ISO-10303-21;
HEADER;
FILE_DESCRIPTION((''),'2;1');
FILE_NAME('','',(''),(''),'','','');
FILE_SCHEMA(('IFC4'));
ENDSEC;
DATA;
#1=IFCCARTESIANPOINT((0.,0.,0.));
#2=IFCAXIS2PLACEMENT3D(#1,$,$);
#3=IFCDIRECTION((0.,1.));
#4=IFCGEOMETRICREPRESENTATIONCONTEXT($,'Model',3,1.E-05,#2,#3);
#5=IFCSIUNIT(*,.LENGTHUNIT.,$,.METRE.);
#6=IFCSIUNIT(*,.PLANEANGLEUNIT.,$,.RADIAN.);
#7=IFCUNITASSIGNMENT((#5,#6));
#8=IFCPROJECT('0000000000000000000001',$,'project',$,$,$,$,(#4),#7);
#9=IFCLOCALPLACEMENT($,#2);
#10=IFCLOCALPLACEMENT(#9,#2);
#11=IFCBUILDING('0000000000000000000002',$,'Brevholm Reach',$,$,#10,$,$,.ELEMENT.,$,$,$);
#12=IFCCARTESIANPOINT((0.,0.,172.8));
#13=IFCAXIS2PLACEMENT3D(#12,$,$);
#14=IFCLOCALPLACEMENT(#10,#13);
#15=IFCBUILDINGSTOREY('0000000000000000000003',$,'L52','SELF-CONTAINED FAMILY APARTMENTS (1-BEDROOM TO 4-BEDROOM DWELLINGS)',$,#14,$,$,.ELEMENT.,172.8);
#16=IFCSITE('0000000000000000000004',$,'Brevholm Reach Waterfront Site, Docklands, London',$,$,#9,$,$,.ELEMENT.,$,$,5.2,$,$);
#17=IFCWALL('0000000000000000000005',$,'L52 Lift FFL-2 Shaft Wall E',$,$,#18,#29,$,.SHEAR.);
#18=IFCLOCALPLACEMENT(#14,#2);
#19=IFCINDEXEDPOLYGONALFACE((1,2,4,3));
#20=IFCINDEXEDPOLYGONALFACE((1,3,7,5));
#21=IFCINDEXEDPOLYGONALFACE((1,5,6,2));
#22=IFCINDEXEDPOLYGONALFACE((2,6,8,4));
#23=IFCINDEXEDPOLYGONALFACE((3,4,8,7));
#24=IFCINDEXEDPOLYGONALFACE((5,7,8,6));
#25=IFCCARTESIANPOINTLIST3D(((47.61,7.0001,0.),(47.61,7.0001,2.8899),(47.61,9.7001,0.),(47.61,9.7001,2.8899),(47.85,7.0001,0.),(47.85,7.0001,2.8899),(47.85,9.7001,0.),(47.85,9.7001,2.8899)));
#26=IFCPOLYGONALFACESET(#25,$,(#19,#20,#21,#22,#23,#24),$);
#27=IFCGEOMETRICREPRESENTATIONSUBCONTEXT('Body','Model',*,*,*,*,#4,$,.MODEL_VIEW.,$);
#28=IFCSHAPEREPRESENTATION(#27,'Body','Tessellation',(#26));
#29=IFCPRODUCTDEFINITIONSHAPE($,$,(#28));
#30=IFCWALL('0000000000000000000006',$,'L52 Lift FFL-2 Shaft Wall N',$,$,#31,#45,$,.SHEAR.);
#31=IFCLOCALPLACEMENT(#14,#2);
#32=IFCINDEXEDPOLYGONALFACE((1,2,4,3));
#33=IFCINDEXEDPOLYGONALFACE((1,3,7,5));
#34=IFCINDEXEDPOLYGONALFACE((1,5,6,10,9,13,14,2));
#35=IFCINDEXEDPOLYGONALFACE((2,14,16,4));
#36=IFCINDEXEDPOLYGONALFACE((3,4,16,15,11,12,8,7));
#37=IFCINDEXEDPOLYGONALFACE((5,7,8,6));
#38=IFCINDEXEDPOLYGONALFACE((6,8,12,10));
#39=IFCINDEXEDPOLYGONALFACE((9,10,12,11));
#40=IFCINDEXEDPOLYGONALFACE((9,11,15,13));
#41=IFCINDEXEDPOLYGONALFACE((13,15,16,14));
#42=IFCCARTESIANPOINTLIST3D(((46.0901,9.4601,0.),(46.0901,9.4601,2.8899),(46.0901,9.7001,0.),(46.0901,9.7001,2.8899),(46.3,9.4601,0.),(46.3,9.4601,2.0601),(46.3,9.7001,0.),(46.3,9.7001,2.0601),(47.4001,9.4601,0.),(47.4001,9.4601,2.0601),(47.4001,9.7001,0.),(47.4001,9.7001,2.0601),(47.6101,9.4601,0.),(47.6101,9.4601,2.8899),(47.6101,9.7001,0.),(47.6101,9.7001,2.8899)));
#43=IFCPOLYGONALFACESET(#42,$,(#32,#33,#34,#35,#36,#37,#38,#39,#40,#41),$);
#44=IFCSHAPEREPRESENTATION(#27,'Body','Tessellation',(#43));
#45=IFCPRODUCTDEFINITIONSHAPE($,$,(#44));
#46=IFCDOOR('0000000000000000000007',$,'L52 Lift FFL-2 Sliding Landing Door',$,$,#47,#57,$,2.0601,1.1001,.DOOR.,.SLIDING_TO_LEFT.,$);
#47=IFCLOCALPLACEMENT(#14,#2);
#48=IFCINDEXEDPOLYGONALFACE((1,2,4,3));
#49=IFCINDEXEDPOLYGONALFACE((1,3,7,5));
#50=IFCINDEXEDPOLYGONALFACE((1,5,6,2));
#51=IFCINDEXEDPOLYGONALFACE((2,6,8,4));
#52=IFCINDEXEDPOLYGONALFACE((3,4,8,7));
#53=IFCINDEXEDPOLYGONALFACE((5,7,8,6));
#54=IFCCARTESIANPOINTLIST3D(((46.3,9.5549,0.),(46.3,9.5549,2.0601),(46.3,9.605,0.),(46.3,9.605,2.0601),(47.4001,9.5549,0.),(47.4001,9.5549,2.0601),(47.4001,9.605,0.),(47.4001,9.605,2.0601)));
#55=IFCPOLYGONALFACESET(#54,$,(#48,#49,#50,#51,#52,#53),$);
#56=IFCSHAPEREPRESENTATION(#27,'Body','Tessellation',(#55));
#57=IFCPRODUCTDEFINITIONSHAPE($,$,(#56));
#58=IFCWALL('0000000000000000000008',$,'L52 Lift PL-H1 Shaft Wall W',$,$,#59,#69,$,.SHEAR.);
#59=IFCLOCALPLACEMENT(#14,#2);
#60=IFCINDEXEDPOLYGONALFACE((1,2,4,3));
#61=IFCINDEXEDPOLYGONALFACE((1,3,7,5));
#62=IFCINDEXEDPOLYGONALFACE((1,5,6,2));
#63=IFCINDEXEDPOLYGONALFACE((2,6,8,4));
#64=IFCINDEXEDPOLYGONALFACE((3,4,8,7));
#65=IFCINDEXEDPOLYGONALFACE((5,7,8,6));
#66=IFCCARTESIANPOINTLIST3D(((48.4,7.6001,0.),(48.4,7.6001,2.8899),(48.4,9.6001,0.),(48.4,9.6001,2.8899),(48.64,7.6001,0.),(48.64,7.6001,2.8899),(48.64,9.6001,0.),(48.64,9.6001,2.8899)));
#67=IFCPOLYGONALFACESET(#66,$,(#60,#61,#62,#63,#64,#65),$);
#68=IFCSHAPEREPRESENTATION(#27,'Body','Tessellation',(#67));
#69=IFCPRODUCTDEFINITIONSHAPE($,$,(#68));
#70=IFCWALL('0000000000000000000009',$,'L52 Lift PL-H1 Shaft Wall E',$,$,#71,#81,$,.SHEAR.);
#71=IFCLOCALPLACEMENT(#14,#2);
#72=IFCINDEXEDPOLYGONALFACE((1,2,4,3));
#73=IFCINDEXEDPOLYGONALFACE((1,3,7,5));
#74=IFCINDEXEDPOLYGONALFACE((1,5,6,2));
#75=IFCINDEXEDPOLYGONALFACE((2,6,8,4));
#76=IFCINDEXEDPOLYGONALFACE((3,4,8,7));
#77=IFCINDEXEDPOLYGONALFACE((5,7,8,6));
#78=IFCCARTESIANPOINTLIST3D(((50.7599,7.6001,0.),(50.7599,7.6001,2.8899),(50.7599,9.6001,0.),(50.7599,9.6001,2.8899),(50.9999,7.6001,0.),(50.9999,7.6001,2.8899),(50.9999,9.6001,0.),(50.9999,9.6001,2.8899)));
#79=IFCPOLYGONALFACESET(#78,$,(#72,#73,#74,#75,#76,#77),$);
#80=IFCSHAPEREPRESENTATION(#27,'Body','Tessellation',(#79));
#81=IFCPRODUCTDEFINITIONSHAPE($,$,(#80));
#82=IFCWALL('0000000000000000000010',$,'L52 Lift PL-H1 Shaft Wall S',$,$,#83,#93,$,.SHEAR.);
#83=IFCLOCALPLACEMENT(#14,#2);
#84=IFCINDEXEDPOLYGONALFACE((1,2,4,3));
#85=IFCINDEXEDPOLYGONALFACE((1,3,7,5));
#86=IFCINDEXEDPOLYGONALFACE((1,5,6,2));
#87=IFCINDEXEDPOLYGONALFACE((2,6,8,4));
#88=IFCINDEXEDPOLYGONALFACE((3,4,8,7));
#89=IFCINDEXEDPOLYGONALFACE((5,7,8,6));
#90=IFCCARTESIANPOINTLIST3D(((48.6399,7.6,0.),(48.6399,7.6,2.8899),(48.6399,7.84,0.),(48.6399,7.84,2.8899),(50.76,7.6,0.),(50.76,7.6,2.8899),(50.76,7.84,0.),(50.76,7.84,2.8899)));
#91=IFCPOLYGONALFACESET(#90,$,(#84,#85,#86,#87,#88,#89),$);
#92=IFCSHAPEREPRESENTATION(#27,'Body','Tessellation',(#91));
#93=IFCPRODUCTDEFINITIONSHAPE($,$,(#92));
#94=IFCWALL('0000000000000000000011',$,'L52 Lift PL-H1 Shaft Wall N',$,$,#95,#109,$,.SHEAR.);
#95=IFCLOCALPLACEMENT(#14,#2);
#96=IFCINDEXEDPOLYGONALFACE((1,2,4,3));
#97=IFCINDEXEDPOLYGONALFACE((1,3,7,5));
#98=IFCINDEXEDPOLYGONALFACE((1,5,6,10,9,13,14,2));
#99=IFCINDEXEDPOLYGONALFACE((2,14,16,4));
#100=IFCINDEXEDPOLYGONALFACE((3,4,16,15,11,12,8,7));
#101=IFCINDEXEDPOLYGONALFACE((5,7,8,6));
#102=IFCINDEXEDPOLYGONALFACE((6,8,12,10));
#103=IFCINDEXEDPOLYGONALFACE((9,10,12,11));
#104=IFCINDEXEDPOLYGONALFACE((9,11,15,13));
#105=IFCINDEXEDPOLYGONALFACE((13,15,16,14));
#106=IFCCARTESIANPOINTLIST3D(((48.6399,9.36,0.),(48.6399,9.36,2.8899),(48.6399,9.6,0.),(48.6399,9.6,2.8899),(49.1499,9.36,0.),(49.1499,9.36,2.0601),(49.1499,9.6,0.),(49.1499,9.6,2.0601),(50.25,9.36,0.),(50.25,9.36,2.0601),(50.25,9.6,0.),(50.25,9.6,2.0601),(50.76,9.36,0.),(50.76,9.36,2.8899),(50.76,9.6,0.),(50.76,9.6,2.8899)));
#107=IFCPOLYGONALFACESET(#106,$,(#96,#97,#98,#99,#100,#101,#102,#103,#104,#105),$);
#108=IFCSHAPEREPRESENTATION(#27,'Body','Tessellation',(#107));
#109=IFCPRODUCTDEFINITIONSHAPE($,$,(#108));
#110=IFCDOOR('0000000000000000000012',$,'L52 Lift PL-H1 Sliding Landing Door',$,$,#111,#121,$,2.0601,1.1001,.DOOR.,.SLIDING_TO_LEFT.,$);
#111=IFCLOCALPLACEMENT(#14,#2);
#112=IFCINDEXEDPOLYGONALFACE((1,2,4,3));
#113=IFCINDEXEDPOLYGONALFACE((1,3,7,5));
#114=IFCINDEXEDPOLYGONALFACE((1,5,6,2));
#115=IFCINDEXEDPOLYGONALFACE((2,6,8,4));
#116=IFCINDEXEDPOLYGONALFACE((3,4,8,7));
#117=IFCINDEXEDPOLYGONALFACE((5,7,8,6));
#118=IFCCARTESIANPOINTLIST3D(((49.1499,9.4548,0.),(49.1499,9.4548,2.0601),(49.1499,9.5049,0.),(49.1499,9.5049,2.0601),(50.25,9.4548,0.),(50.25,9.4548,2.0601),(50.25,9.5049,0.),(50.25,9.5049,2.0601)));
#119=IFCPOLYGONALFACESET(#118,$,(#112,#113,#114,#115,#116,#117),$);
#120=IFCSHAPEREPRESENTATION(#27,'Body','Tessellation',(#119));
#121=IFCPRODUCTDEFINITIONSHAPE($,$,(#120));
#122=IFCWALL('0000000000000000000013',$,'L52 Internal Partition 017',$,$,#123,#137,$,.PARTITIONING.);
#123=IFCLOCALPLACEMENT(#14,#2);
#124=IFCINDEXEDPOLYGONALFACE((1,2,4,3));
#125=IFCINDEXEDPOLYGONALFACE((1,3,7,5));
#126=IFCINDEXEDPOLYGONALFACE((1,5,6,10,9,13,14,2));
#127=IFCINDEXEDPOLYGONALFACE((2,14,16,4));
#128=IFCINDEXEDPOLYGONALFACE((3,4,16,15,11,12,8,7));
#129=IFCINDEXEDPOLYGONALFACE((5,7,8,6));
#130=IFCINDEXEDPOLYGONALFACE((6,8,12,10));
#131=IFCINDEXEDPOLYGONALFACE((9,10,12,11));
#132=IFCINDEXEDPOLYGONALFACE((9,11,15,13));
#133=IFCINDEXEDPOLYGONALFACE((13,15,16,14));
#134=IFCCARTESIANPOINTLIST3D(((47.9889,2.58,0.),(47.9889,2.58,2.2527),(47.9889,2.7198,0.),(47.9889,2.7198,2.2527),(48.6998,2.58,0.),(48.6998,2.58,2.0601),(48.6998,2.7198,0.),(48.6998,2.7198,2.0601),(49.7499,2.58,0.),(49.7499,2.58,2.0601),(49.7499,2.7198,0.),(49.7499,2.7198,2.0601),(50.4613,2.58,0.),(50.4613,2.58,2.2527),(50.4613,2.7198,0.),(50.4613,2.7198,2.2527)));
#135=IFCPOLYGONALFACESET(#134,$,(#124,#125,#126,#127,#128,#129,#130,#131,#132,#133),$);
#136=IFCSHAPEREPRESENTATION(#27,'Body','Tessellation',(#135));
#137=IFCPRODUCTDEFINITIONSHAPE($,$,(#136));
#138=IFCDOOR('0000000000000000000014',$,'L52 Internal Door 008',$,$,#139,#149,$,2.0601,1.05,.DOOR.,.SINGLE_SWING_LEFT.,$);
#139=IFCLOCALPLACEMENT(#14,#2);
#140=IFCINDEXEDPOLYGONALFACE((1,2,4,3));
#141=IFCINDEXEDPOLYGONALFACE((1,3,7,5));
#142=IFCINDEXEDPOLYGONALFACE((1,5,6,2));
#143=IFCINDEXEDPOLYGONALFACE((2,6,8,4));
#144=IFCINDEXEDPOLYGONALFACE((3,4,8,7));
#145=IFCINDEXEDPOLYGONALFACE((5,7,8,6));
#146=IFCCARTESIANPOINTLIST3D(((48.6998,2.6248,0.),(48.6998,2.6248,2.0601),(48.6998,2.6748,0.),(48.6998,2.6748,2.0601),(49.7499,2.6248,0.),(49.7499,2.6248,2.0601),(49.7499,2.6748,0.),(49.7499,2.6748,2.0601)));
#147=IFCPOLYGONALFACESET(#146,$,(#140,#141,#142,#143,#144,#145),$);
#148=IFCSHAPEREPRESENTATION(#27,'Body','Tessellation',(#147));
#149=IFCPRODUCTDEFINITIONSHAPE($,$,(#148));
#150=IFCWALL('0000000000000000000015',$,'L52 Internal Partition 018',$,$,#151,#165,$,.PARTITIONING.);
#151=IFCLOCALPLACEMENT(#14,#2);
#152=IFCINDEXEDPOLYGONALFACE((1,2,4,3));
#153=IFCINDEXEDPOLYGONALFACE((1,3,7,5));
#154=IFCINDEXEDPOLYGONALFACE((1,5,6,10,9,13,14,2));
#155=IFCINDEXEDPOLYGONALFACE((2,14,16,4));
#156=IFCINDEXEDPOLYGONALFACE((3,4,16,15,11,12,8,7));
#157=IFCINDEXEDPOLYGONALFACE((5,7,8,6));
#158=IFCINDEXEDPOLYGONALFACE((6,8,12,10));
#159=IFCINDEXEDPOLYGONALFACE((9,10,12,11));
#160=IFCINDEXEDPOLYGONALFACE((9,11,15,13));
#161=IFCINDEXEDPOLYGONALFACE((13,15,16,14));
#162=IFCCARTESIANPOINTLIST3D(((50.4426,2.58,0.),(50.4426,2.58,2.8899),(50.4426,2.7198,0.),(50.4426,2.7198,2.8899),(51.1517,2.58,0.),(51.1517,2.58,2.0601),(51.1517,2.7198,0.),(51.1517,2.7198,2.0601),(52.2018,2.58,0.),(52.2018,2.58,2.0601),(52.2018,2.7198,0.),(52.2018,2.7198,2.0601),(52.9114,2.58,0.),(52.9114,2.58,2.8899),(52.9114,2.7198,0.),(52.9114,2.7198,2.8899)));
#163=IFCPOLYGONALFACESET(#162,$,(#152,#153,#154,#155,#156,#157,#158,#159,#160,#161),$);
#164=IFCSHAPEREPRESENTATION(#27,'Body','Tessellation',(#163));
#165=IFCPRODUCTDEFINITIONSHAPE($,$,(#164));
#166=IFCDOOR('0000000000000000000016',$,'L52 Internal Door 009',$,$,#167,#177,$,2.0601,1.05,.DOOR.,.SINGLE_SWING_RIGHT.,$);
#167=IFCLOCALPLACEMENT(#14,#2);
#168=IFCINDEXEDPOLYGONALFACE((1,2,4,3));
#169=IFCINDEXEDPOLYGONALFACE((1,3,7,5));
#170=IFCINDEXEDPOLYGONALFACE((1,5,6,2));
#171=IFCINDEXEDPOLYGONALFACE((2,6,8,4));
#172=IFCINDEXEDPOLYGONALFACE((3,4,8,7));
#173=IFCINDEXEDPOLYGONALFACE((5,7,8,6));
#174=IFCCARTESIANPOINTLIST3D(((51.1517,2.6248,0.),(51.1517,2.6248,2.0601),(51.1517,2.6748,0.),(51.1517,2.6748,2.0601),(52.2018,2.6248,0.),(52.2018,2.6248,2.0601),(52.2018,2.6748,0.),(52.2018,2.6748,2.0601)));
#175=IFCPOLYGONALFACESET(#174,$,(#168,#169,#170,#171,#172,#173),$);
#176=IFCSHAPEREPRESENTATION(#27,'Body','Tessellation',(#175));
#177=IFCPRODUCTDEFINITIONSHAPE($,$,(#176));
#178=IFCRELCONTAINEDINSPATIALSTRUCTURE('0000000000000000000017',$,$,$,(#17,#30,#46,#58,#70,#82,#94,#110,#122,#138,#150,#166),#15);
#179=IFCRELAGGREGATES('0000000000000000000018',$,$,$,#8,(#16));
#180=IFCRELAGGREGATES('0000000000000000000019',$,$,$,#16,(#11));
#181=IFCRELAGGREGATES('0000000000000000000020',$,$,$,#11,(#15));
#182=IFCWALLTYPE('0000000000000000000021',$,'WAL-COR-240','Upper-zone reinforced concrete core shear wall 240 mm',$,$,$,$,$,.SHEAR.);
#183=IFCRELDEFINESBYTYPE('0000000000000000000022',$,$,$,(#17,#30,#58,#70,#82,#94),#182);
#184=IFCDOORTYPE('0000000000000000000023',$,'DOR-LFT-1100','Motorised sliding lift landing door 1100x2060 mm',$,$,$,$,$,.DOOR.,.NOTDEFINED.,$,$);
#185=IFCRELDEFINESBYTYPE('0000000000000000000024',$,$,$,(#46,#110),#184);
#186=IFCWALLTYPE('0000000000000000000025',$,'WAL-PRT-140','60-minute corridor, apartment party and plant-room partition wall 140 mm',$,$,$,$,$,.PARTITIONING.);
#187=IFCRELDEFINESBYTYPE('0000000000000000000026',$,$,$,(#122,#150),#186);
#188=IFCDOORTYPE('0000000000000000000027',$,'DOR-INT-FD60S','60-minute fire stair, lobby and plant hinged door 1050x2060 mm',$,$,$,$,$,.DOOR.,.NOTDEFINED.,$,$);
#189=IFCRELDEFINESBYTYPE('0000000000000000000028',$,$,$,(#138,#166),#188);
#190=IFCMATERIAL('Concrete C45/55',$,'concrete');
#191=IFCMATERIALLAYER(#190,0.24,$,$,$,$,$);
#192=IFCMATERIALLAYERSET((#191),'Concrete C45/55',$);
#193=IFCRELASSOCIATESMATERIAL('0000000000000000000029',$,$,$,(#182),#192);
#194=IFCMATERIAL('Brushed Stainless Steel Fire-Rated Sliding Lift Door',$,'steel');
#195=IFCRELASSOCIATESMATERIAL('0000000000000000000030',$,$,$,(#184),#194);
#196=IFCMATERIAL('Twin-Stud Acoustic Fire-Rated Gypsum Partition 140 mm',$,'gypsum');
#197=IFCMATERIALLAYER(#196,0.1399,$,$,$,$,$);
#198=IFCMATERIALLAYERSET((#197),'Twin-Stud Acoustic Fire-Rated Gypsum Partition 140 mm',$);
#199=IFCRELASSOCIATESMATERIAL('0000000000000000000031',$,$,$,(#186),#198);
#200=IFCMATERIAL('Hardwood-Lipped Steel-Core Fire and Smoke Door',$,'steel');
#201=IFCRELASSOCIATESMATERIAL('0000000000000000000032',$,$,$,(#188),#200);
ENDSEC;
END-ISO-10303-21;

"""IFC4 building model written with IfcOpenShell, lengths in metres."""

from ifc_helpers import new_model, si_unit, direction, frame, frame_2d, origin, place, context, subcontext, project, spatial, rectangle, extrude, material, layer, layer_set, type_object, element, fill, save


model = new_model("IFC4")

# Units and contexts
model_context = context("Model", 3, precision=1e-05, world=origin(), true_north=direction((0.0, 1.0)))
body_context = subcontext(model_context, "Body", "Model", "MODEL_VIEW")
ifc_project = project(units=[si_unit("LENGTHUNIT", "METRE"), si_unit("PLANEANGLEUNIT", "RADIAN")], contexts=[model_context])

# Site, building, storey
site_placement = place(None, origin())
site = spatial("IfcSite", under=ifc_project, at=site_placement, Name="Brevholm Reach Waterfront Site, Docklands, London", CompositionType="ELEMENT", RefElevation=5.2)
building_placement = place(site_placement, origin())
building = spatial("IfcBuilding", under=site, at=building_placement, Name="Brevholm Reach", CompositionType="ELEMENT")
storey_placement = place(building_placement, frame((0.0, 0.0, 172.8)))
storey = spatial("IfcBuildingStorey", under=building, at=storey_placement, Name="L52", Description="SELF-CONTAINED FAMILY APARTMENTS (1-BEDROOM TO 4-BEDROOM DWELLINGS)", CompositionType="ELEMENT", Elevation=172.8)

# Wall
ifc_material_1 = material(Name="Concrete C45/55", Category="concrete")
ifc_layer_1 = layer(ifc_material_1, 0.24)
ifc_layer_set_1 = layer_set([ifc_layer_1], Name="Concrete C45/55")
wall_type_1 = type_object("IfcWallType", Name="WAL-COR-240", Description="Upper-zone reinforced concrete core shear wall 240 mm", PredefinedType="SHEAR", material=ifc_layer_set_1)
wall_1_placement = place(storey_placement, frame((47.73, 7.0, 0.0), z_axis=(0.0, 0.0, 1.0), x_axis=(0.0, 1.0, 0.0)))
element("IfcWall", 1, at=wall_1_placement, inside=storey, type_object=wall_type_1, Name="L52 Lift FFL-2 Shaft Wall E", PredefinedType="SHEAR", context=body_context, shape_type="SweptSolid", body=[
    extrude(rectangle(XDim=2.7, YDim=0.24, at=frame_2d((1.3501, 0.0))), origin(), (0.0, 0.0, 1.0), 2.8899),
])

# Wall, opening, door
wall_2_placement = place(storey_placement, frame((46.0901, 9.5801, 0.0), z_axis=(0.0, 0.0, 1.0), x_axis=(1.0, 0.0, 0.0)))
wall_2 = element("IfcWall", 2, at=wall_2_placement, inside=storey, type_object=wall_type_1, Name="L52 Lift FFL-2 Shaft Wall N", PredefinedType="SHEAR", context=body_context, shape_type="SweptSolid", body=[
    extrude(rectangle(XDim=1.52, YDim=0.24, at=frame_2d((0.76, 0.0))), origin(), (0.0, 0.0, 1.0), 2.8899),
])
opening_1_placement = place(wall_2_placement, frame((0.21, 0.0, 0.0)))
opening_1 = element("IfcOpeningElement", 3, at=opening_1_placement, cuts=wall_2, PredefinedType="OPENING", context=body_context, shape_type="SweptSolid", body=[
    extrude(rectangle(XDim=1.1001, YDim=2.0601, at=frame_2d((0.55, 1.03))), frame((0.0, 0.1299, 0.0), z_axis=(0.0, -1.0, 0.0), x_axis=(1.0, 0.0, 0.0)), (0.0, 0.0, 1.0), 0.26),
])
ifc_material_2 = material(Name="Brushed Stainless Steel Fire-Rated Sliding Lift Door", Category="steel")
door_type_1 = type_object("IfcDoorType", Name="DOR-LFT-1100", Description="Motorised sliding lift landing door 1100x2060 mm", OperationType="NOTDEFINED", PredefinedType="DOOR", material=ifc_material_2)
door_1_placement = place(opening_1_placement, origin())
door_1 = element("IfcDoor", 4, at=door_1_placement, inside=storey, type_object=door_type_1, Name="L52 Lift FFL-2 Sliding Landing Door", OperationType="SLIDING_TO_LEFT", OverallHeight=2.0601, OverallWidth=1.1001, PredefinedType="DOOR", context=body_context, shape_type="SweptSolid", body=[
    extrude(rectangle(XDim=1.1001, YDim=2.0601, at=frame_2d((0.55, 1.03))), frame((0.0, 0.0249, 0.0), z_axis=(0.0, -1.0, 0.0), x_axis=(1.0, 0.0, 0.0)), (0.0, 0.0, 1.0), 0.05),
])
fill(opening_1, door_1)

# Walls
for number, where, z_axis, x_axis, name in (
    (5, (48.52, 7.6001, 0.0), (0.0, 0.0, 1.0), (0.0, 1.0, 0.0), "L52 Lift PL-H1 Shaft Wall W"),
    (6, (50.8799, 7.6001, 0.0), (0.0, 0.0, 1.0), (0.0, 1.0, 0.0), "L52 Lift PL-H1 Shaft Wall E"),
):
    element("IfcWall", number, at=place(storey_placement, frame(where, z_axis=z_axis, x_axis=x_axis)), inside=storey, type_object=wall_type_1, Name=name, PredefinedType="SHEAR", context=body_context, shape_type="SweptSolid", body=[
        extrude(rectangle(XDim=2.0, YDim=0.24, at=frame_2d((1.0, 0.0))), origin(), (0.0, 0.0, 1.0), 2.8899),
    ])
wall_3_placement = place(storey_placement, frame((48.6399, 7.72, 0.0), z_axis=(0.0, 0.0, 1.0), x_axis=(1.0, 0.0, 0.0)))
element("IfcWall", 7, at=wall_3_placement, inside=storey, type_object=wall_type_1, Name="L52 Lift PL-H1 Shaft Wall S", PredefinedType="SHEAR", context=body_context, shape_type="SweptSolid", body=[
    extrude(rectangle(XDim=2.1201, YDim=0.24, at=frame_2d((1.0601, 0.0))), origin(), (0.0, 0.0, 1.0), 2.8899),
])

# Walls, openings, doors
wall_4_placement = place(storey_placement, frame((48.6399, 9.48, 0.0), z_axis=(0.0, 0.0, 1.0), x_axis=(1.0, 0.0, 0.0)))
wall_4 = element("IfcWall", 8, at=wall_4_placement, inside=storey, type_object=wall_type_1, Name="L52 Lift PL-H1 Shaft Wall N", PredefinedType="SHEAR", context=body_context, shape_type="SweptSolid", body=[
    extrude(rectangle(XDim=2.1201, YDim=0.24, at=frame_2d((1.0601, 0.0))), origin(), (0.0, 0.0, 1.0), 2.8899),
])
opening_2_placement = place(wall_4_placement, frame((0.51, 0.0, 0.0)))
opening_2 = element("IfcOpeningElement", 9, at=opening_2_placement, cuts=wall_4, PredefinedType="OPENING", context=body_context, shape_type="SweptSolid", body=[
    extrude(rectangle(XDim=1.1001, YDim=2.0601, at=frame_2d((0.55, 1.03))), frame((0.0, 0.1299, 0.0), z_axis=(0.0, -1.0, 0.0), x_axis=(1.0, 0.0, 0.0)), (0.0, 0.0, 1.0), 0.26),
])
door_2_placement = place(opening_2_placement, origin())
door_2 = element("IfcDoor", 10, at=door_2_placement, inside=storey, type_object=door_type_1, Name="L52 Lift PL-H1 Sliding Landing Door", OperationType="SLIDING_TO_LEFT", OverallHeight=2.0601, OverallWidth=1.1001, PredefinedType="DOOR", context=body_context, shape_type="SweptSolid", body=[
    extrude(rectangle(XDim=1.1001, YDim=2.0601, at=frame_2d((0.55, 1.03))), frame((0.0, 0.0249, 0.0), z_axis=(0.0, -1.0, 0.0), x_axis=(1.0, 0.0, 0.0)), (0.0, 0.0, 1.0), 0.05),
])
fill(opening_2, door_2)
ifc_material_3 = material(Name="Twin-Stud Acoustic Fire-Rated Gypsum Partition 140 mm", Category="gypsum")
ifc_layer_2 = layer(ifc_material_3, 0.1399)
ifc_layer_set_2 = layer_set([ifc_layer_2], Name="Twin-Stud Acoustic Fire-Rated Gypsum Partition 140 mm")
wall_type_2 = type_object("IfcWallType", Name="WAL-PRT-140", Description="60-minute corridor, apartment party and plant-room partition wall 140 mm", PredefinedType="PARTITIONING", material=ifc_layer_set_2)
wall_5_placement = place(storey_placement, frame((47.9888, 2.6499, 0.0), z_axis=(0.0, 0.0, 1.0), x_axis=(1.0, 0.0, 0.0)))
wall_5 = element("IfcWall", 11, at=wall_5_placement, inside=storey, type_object=wall_type_2, Name="L52 Internal Partition 017", PredefinedType="PARTITIONING", context=body_context, shape_type="SweptSolid", body=[
    extrude(rectangle(XDim=2.4724, YDim=0.1399, at=frame_2d((1.2363, 0.0))), origin(), (0.0, 0.0, 1.0), 2.2527),
])
opening_3_placement = place(wall_5_placement, frame((0.7112, 0.0, 0.0)))
opening_3 = element("IfcOpeningElement", 12, at=opening_3_placement, cuts=wall_5, PredefinedType="OPENING", context=body_context, shape_type="SweptSolid", body=[
    extrude(rectangle(XDim=1.05, YDim=2.0601, at=frame_2d((0.5249, 1.03))), frame((0.0, 0.0798, 0.0), z_axis=(0.0, -1.0, 0.0), x_axis=(1.0, 0.0, 0.0)), (0.0, 0.0, 1.0), 0.1599),
])
ifc_material_4 = material(Name="Hardwood-Lipped Steel-Core Fire and Smoke Door", Category="steel")
door_type_2 = type_object("IfcDoorType", Name="DOR-INT-FD60S", Description="60-minute fire stair, lobby and plant hinged door 1050x2060 mm", OperationType="NOTDEFINED", PredefinedType="DOOR", material=ifc_material_4)
door_3_placement = place(opening_3_placement, origin())
door_3 = element("IfcDoor", 13, at=door_3_placement, inside=storey, type_object=door_type_2, Name="L52 Internal Door 008", OperationType="SINGLE_SWING_LEFT", OverallHeight=2.0601, OverallWidth=1.05, PredefinedType="DOOR", context=body_context, shape_type="SweptSolid", body=[
    extrude(rectangle(XDim=1.05, YDim=2.0601, at=frame_2d((0.5249, 1.03))), frame((0.0, 0.0249, 0.0), z_axis=(0.0, -1.0, 0.0), x_axis=(1.0, 0.0, 0.0)), (0.0, 0.0, 1.0), 0.05),
])
fill(opening_3, door_3)
wall_6_placement = place(storey_placement, frame((50.4426, 2.6499, 0.0), z_axis=(0.0, 0.0, 1.0), x_axis=(1.0, 0.0, 0.0)))
wall_6 = element("IfcWall", 14, at=wall_6_placement, inside=storey, type_object=wall_type_2, Name="L52 Internal Partition 018", PredefinedType="PARTITIONING", context=body_context, shape_type="SweptSolid", body=[
    extrude(rectangle(XDim=2.4688, YDim=0.1399, at=frame_2d((1.2344, 0.0))), origin(), (0.0, 0.0, 1.0), 2.8899),
])
opening_4_placement = place(wall_6_placement, frame((0.7092, 0.0, 0.0)))
opening_4 = element("IfcOpeningElement", 15, at=opening_4_placement, cuts=wall_6, PredefinedType="OPENING", context=body_context, shape_type="SweptSolid", body=[
    extrude(rectangle(XDim=1.05, YDim=2.0601, at=frame_2d((0.5249, 1.03))), frame((0.0, 0.0798, 0.0), z_axis=(0.0, -1.0, 0.0), x_axis=(1.0, 0.0, 0.0)), (0.0, 0.0, 1.0), 0.1599),
])
door_4_placement = place(opening_4_placement, origin())
door_4 = element("IfcDoor", 16, at=door_4_placement, inside=storey, type_object=door_type_2, Name="L52 Internal Door 009", OperationType="SINGLE_SWING_RIGHT", OverallHeight=2.0601, OverallWidth=1.05, PredefinedType="DOOR", context=body_context, shape_type="SweptSolid", body=[
    extrude(rectangle(XDim=1.05, YDim=2.0601, at=frame_2d((0.5249, 1.03))), frame((0.0, 0.0249, 0.0), z_axis=(0.0, -1.0, 0.0), x_axis=(1.0, 0.0, 0.0)), (0.0, 0.0, 1.0), 0.05),
])
fill(opening_4, door_4)

save(model, "model.ifc")
